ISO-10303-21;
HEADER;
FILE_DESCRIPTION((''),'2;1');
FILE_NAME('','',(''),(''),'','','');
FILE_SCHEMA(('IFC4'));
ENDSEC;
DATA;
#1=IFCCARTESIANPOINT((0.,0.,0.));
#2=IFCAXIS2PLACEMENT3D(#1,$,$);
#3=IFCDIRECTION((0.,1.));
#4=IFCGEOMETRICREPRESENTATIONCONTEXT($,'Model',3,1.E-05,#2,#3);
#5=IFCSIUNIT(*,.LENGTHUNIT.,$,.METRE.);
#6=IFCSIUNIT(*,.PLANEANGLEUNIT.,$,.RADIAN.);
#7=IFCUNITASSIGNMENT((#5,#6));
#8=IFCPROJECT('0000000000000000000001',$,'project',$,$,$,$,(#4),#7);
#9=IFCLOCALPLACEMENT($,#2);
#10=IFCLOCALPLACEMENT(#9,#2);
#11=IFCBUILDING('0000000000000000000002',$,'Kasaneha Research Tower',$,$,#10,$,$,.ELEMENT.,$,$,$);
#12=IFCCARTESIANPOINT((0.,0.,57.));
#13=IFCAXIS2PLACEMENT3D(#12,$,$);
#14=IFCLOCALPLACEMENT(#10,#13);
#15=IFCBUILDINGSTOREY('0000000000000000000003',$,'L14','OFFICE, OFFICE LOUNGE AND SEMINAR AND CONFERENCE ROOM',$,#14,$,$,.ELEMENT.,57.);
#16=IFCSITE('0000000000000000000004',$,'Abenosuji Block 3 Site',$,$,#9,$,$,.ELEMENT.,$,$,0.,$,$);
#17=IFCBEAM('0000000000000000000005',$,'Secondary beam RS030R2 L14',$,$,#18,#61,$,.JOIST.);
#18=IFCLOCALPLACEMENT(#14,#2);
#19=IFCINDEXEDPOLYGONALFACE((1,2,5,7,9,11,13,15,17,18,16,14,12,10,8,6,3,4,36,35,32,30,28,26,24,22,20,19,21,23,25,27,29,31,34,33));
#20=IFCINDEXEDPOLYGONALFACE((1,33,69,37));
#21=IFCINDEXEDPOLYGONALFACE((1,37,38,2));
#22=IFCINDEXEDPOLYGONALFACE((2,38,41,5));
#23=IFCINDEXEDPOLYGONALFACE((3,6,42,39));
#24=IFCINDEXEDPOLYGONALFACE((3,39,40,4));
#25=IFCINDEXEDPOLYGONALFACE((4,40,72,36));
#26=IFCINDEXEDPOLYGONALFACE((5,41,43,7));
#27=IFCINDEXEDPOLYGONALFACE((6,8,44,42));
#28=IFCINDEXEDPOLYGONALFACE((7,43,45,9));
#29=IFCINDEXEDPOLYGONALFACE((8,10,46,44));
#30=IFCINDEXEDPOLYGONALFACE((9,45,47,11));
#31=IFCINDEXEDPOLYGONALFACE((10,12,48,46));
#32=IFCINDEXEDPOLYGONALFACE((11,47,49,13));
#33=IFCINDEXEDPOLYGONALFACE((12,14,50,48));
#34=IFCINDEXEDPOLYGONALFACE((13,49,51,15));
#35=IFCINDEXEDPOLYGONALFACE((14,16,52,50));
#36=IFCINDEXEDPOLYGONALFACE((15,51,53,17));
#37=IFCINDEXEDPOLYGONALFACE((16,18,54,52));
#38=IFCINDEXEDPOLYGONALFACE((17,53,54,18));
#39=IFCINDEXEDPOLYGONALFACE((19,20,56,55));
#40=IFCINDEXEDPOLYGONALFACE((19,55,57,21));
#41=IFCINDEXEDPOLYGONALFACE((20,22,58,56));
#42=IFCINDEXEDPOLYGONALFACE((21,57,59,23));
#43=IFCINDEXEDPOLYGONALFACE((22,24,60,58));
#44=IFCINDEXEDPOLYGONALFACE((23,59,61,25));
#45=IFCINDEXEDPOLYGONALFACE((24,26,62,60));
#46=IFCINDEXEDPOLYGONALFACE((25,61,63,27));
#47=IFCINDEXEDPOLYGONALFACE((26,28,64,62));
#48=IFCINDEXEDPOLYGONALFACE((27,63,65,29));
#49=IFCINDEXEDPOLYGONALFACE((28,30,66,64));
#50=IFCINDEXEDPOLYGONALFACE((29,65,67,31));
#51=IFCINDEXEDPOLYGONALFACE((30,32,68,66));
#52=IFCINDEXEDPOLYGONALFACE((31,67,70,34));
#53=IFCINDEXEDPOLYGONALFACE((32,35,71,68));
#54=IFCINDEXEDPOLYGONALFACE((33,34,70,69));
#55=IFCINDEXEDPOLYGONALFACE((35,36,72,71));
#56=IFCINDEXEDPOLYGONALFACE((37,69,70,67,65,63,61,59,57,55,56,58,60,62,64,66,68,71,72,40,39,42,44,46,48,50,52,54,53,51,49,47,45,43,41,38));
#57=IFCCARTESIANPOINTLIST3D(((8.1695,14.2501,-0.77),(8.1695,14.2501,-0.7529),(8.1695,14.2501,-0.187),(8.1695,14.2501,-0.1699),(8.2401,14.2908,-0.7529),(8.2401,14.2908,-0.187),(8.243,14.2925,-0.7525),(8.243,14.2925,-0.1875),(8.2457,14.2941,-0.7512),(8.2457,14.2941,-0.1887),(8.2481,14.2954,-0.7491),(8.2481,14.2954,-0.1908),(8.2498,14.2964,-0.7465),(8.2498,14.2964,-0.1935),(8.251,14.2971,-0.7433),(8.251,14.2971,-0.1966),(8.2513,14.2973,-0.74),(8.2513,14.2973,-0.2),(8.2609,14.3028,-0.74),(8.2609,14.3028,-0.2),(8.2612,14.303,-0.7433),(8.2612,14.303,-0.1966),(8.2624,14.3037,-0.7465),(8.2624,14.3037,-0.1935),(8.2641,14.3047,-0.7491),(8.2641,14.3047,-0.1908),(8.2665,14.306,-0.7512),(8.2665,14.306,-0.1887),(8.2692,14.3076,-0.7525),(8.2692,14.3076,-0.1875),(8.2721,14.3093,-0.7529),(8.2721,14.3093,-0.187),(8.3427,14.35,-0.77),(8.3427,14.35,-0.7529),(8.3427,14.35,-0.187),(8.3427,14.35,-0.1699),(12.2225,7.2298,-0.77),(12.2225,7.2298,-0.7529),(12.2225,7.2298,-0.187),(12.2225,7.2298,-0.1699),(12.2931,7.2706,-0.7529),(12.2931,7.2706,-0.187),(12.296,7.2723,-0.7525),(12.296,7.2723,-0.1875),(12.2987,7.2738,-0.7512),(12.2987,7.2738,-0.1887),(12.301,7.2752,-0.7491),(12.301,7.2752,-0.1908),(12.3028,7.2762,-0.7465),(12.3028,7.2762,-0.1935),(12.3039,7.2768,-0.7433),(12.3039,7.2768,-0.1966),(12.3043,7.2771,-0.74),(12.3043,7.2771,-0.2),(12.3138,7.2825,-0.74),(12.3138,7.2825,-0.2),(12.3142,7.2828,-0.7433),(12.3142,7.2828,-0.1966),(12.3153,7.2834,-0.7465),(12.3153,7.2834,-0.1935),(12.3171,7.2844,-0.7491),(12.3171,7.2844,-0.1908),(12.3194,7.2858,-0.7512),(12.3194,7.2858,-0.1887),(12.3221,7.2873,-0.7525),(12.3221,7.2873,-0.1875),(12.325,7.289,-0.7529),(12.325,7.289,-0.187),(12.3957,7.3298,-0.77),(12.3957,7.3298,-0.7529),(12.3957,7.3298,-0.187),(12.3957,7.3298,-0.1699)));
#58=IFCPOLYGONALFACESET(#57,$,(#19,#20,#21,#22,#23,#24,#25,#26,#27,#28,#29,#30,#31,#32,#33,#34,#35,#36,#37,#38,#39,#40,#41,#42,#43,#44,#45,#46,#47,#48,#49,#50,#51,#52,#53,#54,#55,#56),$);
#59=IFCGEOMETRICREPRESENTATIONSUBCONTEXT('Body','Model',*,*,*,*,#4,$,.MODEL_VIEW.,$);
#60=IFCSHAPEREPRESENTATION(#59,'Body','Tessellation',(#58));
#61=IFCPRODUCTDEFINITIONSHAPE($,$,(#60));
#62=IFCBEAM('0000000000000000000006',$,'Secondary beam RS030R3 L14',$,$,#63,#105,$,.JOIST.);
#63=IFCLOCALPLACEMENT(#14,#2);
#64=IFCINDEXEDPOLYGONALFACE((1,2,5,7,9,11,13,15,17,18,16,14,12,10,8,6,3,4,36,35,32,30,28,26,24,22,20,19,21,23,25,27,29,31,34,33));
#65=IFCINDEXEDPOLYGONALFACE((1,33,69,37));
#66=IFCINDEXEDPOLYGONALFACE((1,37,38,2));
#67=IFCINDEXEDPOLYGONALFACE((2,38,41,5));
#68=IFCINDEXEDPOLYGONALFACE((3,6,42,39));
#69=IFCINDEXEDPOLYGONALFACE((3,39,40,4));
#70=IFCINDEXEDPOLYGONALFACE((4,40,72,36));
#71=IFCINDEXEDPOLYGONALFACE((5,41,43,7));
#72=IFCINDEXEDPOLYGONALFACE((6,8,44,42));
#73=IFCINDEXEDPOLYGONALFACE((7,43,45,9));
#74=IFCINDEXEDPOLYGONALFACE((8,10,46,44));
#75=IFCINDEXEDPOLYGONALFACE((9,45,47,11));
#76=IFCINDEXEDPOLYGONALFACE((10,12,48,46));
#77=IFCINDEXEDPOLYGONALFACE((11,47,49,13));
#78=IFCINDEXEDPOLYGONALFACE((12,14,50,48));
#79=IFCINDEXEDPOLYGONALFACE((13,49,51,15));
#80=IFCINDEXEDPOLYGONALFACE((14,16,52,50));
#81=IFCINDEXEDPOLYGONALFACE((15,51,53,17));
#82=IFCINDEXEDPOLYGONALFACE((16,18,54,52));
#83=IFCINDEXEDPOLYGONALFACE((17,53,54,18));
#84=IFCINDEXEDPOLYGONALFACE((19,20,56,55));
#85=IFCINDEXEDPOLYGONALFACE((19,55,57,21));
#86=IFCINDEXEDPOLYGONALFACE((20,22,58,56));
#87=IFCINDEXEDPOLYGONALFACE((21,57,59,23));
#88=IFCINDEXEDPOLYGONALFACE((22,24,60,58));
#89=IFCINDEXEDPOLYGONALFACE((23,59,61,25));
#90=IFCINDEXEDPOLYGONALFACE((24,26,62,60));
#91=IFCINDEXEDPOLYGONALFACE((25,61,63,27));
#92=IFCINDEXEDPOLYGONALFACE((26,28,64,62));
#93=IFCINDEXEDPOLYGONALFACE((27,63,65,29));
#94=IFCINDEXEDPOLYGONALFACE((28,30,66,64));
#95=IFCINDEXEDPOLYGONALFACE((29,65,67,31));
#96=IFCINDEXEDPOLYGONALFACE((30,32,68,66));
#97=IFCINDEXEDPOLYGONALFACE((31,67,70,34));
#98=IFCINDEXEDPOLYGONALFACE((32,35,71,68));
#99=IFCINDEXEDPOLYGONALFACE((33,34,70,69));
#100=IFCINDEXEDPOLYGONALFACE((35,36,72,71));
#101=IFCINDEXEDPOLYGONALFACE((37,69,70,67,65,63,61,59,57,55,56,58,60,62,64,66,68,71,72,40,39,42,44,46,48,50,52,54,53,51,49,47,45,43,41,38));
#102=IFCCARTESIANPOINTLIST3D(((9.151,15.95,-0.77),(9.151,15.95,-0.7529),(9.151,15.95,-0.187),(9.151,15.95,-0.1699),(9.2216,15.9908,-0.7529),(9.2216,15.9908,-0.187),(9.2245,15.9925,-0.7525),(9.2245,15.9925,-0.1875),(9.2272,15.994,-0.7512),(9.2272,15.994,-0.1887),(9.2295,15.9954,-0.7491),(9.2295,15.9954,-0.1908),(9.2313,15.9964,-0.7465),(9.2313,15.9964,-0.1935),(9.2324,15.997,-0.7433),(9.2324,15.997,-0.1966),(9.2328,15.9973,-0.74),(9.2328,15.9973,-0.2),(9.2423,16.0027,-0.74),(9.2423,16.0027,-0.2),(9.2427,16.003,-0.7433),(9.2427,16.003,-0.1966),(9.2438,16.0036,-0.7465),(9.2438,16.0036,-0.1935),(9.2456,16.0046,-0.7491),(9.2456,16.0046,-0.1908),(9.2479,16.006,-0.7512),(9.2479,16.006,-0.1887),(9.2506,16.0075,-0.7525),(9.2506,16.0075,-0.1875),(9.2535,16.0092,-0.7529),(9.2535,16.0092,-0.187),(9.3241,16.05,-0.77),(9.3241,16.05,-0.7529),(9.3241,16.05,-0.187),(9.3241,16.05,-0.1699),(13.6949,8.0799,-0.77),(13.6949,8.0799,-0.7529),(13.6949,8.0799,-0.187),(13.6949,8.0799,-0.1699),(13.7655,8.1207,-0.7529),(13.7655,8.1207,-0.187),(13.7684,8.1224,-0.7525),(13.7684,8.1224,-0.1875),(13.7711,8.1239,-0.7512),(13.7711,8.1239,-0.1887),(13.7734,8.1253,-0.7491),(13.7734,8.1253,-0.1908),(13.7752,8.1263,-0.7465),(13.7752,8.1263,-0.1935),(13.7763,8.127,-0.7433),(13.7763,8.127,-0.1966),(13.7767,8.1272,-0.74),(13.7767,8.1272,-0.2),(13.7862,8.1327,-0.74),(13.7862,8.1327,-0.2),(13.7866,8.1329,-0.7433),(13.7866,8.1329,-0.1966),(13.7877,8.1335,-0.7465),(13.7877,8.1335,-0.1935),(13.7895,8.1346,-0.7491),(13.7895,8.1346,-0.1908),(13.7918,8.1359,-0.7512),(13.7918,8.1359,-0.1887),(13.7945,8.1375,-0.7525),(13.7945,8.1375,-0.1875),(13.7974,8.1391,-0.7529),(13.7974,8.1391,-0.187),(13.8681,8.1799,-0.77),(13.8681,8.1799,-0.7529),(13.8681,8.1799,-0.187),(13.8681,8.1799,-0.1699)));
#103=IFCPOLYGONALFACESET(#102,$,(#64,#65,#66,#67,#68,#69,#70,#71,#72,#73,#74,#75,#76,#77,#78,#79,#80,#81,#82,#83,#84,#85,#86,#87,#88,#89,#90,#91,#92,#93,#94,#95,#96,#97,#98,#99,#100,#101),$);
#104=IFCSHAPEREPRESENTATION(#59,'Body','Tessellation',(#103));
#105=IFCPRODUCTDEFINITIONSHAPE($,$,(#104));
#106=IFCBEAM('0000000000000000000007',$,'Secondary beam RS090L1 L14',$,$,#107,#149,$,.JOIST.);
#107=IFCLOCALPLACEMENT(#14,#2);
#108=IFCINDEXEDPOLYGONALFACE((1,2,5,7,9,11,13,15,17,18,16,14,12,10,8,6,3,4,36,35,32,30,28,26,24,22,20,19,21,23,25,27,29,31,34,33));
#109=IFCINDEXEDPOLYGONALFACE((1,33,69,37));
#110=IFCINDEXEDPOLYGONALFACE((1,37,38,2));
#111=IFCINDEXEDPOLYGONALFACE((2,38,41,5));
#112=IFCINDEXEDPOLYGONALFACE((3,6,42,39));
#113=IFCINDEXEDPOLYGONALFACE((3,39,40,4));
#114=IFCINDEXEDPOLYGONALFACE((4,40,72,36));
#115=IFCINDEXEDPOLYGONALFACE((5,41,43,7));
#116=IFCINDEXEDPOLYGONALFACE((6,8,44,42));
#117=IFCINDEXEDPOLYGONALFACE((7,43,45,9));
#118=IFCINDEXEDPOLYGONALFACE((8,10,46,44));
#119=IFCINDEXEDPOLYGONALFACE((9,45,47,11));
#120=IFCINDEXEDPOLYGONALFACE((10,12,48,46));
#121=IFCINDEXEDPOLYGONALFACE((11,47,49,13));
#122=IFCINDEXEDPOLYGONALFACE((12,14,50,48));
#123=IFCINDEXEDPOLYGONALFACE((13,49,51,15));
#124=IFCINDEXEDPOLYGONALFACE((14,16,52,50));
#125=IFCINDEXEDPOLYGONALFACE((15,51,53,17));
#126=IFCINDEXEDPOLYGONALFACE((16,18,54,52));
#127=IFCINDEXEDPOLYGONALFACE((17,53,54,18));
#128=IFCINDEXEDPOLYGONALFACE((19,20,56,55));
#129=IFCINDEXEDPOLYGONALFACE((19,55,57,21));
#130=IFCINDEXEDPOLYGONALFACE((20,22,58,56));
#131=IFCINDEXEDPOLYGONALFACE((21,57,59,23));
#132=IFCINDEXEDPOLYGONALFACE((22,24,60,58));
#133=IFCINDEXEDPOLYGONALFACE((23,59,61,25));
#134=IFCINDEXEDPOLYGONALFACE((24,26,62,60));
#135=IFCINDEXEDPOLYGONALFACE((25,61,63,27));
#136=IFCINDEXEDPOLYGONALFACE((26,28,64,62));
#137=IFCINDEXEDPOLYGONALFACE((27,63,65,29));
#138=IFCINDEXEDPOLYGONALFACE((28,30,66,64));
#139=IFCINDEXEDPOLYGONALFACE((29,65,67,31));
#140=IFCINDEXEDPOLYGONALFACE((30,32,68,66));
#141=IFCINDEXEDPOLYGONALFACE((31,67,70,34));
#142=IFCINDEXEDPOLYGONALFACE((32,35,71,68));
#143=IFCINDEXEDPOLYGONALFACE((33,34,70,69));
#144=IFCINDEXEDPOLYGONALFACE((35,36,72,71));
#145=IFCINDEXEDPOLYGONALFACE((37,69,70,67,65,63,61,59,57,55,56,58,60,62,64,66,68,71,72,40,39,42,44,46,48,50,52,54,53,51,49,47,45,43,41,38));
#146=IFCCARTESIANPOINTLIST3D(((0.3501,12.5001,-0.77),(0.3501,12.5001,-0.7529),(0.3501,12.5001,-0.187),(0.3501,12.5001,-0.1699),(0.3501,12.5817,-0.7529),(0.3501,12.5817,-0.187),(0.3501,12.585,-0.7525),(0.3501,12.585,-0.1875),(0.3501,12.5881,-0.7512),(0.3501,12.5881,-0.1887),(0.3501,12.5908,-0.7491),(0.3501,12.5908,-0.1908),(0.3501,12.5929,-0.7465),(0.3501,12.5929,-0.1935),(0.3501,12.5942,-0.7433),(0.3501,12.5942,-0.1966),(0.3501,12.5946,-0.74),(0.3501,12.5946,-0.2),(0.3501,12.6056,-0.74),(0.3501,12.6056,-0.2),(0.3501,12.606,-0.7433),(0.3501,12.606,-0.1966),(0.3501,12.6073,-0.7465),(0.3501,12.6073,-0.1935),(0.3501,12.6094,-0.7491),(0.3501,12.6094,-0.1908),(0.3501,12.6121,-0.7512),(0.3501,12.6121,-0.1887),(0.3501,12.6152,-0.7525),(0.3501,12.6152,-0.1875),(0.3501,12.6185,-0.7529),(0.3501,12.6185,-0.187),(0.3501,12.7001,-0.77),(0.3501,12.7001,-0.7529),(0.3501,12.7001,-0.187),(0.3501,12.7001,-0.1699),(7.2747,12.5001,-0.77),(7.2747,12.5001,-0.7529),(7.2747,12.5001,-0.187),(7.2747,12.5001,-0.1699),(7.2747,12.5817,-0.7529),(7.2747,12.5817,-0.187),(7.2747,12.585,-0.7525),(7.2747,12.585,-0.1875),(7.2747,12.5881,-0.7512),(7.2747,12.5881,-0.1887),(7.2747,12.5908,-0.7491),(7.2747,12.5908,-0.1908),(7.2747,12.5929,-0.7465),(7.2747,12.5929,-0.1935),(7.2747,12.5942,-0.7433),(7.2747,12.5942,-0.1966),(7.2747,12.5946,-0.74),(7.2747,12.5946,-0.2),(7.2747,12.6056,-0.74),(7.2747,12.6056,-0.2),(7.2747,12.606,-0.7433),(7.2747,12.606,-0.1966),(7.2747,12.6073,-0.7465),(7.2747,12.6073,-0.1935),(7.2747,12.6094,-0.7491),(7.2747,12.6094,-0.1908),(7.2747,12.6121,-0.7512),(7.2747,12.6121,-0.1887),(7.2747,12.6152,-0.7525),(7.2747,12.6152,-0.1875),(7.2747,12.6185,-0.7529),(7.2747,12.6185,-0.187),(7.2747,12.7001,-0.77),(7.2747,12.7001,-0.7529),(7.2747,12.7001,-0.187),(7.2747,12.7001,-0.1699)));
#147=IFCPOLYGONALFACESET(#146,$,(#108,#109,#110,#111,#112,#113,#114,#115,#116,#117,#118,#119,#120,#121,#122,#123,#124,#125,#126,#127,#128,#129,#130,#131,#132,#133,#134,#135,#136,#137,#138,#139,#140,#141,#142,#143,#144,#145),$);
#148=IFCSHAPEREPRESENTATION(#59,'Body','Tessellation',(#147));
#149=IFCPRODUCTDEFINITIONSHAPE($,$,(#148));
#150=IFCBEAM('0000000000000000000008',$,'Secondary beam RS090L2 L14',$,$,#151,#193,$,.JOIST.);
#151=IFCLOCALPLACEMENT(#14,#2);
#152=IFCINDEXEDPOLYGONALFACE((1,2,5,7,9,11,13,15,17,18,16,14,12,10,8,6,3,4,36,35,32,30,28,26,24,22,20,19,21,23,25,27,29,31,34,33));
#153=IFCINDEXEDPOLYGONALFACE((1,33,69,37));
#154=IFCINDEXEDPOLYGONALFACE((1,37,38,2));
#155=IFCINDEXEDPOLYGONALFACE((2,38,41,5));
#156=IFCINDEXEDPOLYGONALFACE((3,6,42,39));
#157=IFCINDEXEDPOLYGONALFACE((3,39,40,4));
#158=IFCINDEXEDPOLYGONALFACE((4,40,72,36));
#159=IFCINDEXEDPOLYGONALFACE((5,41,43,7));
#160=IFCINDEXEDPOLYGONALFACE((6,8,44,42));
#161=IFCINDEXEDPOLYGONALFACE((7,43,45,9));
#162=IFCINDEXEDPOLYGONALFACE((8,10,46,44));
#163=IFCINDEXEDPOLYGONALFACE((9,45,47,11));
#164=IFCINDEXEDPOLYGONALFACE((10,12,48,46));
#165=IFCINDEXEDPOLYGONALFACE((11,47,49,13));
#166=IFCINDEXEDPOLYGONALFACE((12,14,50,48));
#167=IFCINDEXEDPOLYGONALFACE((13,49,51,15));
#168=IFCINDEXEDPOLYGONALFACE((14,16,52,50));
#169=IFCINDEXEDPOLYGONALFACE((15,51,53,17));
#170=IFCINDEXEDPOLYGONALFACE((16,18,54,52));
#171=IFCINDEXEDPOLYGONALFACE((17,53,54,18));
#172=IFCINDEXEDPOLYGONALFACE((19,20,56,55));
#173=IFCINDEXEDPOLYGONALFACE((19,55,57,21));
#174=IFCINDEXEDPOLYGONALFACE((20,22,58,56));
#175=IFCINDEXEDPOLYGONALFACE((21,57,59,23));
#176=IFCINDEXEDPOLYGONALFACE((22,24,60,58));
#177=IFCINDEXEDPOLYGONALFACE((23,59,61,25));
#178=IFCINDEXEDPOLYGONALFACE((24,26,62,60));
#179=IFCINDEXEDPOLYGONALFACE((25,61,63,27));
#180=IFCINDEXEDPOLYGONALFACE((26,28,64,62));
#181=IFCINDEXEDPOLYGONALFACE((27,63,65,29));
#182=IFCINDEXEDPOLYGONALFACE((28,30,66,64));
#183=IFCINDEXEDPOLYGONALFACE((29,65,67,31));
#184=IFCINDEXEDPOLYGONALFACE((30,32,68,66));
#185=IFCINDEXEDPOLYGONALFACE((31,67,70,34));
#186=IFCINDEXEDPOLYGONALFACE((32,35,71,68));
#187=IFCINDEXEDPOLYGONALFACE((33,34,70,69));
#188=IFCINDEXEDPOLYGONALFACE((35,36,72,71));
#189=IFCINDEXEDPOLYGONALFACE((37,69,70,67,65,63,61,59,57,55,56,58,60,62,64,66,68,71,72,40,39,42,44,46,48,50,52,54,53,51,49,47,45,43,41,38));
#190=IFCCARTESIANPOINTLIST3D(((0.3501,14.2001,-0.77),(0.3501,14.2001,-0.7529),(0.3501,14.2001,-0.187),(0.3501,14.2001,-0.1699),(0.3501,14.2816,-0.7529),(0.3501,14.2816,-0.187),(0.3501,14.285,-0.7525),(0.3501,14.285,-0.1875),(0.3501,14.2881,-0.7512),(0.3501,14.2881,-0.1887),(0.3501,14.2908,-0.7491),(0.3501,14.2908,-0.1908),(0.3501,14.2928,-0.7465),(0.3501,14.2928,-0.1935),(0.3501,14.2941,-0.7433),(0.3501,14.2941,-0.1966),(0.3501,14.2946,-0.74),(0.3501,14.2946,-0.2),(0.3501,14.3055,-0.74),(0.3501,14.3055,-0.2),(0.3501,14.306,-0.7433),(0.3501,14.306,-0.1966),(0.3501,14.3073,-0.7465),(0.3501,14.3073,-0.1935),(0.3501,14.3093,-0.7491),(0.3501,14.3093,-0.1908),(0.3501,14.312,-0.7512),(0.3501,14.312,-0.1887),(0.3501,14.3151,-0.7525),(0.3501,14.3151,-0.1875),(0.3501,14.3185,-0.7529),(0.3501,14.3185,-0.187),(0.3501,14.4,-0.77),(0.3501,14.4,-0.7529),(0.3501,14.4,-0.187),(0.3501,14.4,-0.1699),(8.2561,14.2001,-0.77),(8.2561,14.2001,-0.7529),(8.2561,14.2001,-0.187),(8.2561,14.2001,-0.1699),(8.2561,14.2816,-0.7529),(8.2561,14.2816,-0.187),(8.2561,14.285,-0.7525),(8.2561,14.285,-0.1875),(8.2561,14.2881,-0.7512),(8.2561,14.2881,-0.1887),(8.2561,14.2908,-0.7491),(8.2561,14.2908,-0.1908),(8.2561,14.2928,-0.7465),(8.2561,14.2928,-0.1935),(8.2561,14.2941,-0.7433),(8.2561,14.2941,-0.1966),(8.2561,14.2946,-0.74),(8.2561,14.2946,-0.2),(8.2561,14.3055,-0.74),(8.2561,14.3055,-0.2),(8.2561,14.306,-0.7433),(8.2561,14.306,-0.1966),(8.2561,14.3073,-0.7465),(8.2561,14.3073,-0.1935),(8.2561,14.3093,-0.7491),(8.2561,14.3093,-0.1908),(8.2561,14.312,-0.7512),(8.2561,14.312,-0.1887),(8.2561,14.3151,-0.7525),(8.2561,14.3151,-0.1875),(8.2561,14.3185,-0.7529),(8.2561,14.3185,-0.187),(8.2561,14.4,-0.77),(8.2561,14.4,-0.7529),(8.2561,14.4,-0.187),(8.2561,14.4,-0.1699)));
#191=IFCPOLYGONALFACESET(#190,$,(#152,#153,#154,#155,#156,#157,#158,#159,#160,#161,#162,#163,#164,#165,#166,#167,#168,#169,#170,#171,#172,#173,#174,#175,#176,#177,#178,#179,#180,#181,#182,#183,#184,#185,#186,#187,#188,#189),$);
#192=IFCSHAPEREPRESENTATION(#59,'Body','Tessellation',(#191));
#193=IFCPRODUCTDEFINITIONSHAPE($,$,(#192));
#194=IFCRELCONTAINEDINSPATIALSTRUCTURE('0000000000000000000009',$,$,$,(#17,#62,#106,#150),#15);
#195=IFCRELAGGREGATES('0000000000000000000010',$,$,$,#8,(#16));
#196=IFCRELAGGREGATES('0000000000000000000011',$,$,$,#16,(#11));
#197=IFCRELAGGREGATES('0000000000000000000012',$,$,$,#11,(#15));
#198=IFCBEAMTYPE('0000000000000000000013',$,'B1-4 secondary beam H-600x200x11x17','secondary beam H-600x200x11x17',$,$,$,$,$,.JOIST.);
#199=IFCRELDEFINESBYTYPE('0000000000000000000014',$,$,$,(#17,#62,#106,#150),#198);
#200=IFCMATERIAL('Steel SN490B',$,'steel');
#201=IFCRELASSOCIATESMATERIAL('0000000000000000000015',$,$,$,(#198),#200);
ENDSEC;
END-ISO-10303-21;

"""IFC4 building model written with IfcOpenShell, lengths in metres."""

from ifc_helpers import new_model, si_unit, direction, frame, origin, origin_2d, place, context, subcontext, project, spatial, i_section, extrude, material, material_profile, profile_set, type_object, element, save


model = new_model("IFC4")

# Units and contexts
model_context = context("Model", 3, precision=1e-05, world=origin(), true_north=direction((0.0, 1.0)))
body_context = subcontext(model_context, "Body", "Model", "MODEL_VIEW")
ifc_project = project(units=[si_unit("LENGTHUNIT", "METRE"), si_unit("PLANEANGLEUNIT", "RADIAN")], contexts=[model_context])

# Site, building, storey
site_placement = place(None, origin())
site = spatial("IfcSite", under=ifc_project, at=site_placement, Name="Abenosuji Block 3 Site", CompositionType="ELEMENT", RefElevation=0.0)
building_placement = place(site_placement, origin())
building = spatial("IfcBuilding", under=site, at=building_placement, Name="Kasaneha Research Tower", CompositionType="ELEMENT")
storey_placement = place(building_placement, frame((0.0, 0.0, 57.0)))
storey = spatial("IfcBuildingStorey", under=building, at=storey_placement, Name="L14", Description="OFFICE, OFFICE LOUNGE AND SEMINAR AND CONFERENCE ROOM", CompositionType="ELEMENT", Elevation=57.0)

# Beams
ifc_material_1 = material(Name="Steel SN490B", Category="steel")
ifc_material_profile_1 = material_profile(ifc_material_1, i_section(OverallWidth=0.2, OverallDepth=0.6001, WebThickness=0.011, FlangeThickness=0.0171, FilletRadius=0.0129, at=origin_2d()), Name="H-600x200x11x17")
ifc_profile_set_1 = profile_set([ifc_material_profile_1], Name="Steel SN490B")
beam_type_1 = type_object("IfcBeamType", Name="B1-4 secondary beam H-600x200x11x17", Description="secondary beam H-600x200x11x17", PredefinedType="JOIST", material=ifc_profile_set_1)
beam_1_placement = place(storey_placement, frame((8.2561, 14.3, -0.47), z_axis=(0.499984, -0.866035, 0.0), x_axis=(0.866035, 0.499984, 0.0)))
element("IfcBeam", 1, at=beam_1_placement, inside=storey, type_object=beam_type_1, Name="Secondary beam RS030R2 L14", PredefinedType="JOIST", context=body_context, shape_type="SweptSolid", body=[
    extrude(i_section(OverallWidth=0.2, OverallDepth=0.6001, WebThickness=0.011, FlangeThickness=0.0171, FilletRadius=0.0129, at=origin_2d()), origin(), (0.0, 0.0, 1.0), 8.1062),
])
beam_2_placement = place(storey_placement, frame((9.2375, 16.0, -0.47), z_axis=(0.500011, -0.866019, 0.0), x_axis=(0.866019, 0.500011, 0.0)))
element("IfcBeam", 2, at=beam_2_placement, inside=storey, type_object=beam_type_1, Name="Secondary beam RS030R3 L14", PredefinedType="JOIST", context=body_context, shape_type="SweptSolid", body=[
    extrude(i_section(OverallWidth=0.2, OverallDepth=0.6001, WebThickness=0.011, FlangeThickness=0.0171, FilletRadius=0.0129, at=origin_2d()), origin(), (0.0, 0.0, 1.0), 9.0876),
])
beam_3_placement = place(storey_placement, frame((7.2747, 12.6001, -0.47), z_axis=(-1.0, 0.0, 0.0), x_axis=(0.0, -1.0, 0.0)))
element("IfcBeam", 3, at=beam_3_placement, inside=storey, type_object=beam_type_1, Name="Secondary beam RS090L1 L14", PredefinedType="JOIST", context=body_context, shape_type="SweptSolid", body=[
    extrude(i_section(OverallWidth=0.2, OverallDepth=0.6001, WebThickness=0.011, FlangeThickness=0.0171, FilletRadius=0.0129, at=origin_2d()), origin(), (0.0, 0.0, 1.0), 6.9246),
])
beam_4_placement = place(storey_placement, frame((8.2561, 14.3, -0.47), z_axis=(-1.0, 0.0, 0.0), x_axis=(0.0, -1.0, 0.0)))
element("IfcBeam", 4, at=beam_4_placement, inside=storey, type_object=beam_type_1, Name="Secondary beam RS090L2 L14", PredefinedType="JOIST", context=body_context, shape_type="SweptSolid", body=[
    extrude(i_section(OverallWidth=0.2, OverallDepth=0.6001, WebThickness=0.011, FlangeThickness=0.0171, FilletRadius=0.0129, at=origin_2d()), origin(), (0.0, 0.0, 1.0), 7.906),
])

save(model, "model.ifc")
